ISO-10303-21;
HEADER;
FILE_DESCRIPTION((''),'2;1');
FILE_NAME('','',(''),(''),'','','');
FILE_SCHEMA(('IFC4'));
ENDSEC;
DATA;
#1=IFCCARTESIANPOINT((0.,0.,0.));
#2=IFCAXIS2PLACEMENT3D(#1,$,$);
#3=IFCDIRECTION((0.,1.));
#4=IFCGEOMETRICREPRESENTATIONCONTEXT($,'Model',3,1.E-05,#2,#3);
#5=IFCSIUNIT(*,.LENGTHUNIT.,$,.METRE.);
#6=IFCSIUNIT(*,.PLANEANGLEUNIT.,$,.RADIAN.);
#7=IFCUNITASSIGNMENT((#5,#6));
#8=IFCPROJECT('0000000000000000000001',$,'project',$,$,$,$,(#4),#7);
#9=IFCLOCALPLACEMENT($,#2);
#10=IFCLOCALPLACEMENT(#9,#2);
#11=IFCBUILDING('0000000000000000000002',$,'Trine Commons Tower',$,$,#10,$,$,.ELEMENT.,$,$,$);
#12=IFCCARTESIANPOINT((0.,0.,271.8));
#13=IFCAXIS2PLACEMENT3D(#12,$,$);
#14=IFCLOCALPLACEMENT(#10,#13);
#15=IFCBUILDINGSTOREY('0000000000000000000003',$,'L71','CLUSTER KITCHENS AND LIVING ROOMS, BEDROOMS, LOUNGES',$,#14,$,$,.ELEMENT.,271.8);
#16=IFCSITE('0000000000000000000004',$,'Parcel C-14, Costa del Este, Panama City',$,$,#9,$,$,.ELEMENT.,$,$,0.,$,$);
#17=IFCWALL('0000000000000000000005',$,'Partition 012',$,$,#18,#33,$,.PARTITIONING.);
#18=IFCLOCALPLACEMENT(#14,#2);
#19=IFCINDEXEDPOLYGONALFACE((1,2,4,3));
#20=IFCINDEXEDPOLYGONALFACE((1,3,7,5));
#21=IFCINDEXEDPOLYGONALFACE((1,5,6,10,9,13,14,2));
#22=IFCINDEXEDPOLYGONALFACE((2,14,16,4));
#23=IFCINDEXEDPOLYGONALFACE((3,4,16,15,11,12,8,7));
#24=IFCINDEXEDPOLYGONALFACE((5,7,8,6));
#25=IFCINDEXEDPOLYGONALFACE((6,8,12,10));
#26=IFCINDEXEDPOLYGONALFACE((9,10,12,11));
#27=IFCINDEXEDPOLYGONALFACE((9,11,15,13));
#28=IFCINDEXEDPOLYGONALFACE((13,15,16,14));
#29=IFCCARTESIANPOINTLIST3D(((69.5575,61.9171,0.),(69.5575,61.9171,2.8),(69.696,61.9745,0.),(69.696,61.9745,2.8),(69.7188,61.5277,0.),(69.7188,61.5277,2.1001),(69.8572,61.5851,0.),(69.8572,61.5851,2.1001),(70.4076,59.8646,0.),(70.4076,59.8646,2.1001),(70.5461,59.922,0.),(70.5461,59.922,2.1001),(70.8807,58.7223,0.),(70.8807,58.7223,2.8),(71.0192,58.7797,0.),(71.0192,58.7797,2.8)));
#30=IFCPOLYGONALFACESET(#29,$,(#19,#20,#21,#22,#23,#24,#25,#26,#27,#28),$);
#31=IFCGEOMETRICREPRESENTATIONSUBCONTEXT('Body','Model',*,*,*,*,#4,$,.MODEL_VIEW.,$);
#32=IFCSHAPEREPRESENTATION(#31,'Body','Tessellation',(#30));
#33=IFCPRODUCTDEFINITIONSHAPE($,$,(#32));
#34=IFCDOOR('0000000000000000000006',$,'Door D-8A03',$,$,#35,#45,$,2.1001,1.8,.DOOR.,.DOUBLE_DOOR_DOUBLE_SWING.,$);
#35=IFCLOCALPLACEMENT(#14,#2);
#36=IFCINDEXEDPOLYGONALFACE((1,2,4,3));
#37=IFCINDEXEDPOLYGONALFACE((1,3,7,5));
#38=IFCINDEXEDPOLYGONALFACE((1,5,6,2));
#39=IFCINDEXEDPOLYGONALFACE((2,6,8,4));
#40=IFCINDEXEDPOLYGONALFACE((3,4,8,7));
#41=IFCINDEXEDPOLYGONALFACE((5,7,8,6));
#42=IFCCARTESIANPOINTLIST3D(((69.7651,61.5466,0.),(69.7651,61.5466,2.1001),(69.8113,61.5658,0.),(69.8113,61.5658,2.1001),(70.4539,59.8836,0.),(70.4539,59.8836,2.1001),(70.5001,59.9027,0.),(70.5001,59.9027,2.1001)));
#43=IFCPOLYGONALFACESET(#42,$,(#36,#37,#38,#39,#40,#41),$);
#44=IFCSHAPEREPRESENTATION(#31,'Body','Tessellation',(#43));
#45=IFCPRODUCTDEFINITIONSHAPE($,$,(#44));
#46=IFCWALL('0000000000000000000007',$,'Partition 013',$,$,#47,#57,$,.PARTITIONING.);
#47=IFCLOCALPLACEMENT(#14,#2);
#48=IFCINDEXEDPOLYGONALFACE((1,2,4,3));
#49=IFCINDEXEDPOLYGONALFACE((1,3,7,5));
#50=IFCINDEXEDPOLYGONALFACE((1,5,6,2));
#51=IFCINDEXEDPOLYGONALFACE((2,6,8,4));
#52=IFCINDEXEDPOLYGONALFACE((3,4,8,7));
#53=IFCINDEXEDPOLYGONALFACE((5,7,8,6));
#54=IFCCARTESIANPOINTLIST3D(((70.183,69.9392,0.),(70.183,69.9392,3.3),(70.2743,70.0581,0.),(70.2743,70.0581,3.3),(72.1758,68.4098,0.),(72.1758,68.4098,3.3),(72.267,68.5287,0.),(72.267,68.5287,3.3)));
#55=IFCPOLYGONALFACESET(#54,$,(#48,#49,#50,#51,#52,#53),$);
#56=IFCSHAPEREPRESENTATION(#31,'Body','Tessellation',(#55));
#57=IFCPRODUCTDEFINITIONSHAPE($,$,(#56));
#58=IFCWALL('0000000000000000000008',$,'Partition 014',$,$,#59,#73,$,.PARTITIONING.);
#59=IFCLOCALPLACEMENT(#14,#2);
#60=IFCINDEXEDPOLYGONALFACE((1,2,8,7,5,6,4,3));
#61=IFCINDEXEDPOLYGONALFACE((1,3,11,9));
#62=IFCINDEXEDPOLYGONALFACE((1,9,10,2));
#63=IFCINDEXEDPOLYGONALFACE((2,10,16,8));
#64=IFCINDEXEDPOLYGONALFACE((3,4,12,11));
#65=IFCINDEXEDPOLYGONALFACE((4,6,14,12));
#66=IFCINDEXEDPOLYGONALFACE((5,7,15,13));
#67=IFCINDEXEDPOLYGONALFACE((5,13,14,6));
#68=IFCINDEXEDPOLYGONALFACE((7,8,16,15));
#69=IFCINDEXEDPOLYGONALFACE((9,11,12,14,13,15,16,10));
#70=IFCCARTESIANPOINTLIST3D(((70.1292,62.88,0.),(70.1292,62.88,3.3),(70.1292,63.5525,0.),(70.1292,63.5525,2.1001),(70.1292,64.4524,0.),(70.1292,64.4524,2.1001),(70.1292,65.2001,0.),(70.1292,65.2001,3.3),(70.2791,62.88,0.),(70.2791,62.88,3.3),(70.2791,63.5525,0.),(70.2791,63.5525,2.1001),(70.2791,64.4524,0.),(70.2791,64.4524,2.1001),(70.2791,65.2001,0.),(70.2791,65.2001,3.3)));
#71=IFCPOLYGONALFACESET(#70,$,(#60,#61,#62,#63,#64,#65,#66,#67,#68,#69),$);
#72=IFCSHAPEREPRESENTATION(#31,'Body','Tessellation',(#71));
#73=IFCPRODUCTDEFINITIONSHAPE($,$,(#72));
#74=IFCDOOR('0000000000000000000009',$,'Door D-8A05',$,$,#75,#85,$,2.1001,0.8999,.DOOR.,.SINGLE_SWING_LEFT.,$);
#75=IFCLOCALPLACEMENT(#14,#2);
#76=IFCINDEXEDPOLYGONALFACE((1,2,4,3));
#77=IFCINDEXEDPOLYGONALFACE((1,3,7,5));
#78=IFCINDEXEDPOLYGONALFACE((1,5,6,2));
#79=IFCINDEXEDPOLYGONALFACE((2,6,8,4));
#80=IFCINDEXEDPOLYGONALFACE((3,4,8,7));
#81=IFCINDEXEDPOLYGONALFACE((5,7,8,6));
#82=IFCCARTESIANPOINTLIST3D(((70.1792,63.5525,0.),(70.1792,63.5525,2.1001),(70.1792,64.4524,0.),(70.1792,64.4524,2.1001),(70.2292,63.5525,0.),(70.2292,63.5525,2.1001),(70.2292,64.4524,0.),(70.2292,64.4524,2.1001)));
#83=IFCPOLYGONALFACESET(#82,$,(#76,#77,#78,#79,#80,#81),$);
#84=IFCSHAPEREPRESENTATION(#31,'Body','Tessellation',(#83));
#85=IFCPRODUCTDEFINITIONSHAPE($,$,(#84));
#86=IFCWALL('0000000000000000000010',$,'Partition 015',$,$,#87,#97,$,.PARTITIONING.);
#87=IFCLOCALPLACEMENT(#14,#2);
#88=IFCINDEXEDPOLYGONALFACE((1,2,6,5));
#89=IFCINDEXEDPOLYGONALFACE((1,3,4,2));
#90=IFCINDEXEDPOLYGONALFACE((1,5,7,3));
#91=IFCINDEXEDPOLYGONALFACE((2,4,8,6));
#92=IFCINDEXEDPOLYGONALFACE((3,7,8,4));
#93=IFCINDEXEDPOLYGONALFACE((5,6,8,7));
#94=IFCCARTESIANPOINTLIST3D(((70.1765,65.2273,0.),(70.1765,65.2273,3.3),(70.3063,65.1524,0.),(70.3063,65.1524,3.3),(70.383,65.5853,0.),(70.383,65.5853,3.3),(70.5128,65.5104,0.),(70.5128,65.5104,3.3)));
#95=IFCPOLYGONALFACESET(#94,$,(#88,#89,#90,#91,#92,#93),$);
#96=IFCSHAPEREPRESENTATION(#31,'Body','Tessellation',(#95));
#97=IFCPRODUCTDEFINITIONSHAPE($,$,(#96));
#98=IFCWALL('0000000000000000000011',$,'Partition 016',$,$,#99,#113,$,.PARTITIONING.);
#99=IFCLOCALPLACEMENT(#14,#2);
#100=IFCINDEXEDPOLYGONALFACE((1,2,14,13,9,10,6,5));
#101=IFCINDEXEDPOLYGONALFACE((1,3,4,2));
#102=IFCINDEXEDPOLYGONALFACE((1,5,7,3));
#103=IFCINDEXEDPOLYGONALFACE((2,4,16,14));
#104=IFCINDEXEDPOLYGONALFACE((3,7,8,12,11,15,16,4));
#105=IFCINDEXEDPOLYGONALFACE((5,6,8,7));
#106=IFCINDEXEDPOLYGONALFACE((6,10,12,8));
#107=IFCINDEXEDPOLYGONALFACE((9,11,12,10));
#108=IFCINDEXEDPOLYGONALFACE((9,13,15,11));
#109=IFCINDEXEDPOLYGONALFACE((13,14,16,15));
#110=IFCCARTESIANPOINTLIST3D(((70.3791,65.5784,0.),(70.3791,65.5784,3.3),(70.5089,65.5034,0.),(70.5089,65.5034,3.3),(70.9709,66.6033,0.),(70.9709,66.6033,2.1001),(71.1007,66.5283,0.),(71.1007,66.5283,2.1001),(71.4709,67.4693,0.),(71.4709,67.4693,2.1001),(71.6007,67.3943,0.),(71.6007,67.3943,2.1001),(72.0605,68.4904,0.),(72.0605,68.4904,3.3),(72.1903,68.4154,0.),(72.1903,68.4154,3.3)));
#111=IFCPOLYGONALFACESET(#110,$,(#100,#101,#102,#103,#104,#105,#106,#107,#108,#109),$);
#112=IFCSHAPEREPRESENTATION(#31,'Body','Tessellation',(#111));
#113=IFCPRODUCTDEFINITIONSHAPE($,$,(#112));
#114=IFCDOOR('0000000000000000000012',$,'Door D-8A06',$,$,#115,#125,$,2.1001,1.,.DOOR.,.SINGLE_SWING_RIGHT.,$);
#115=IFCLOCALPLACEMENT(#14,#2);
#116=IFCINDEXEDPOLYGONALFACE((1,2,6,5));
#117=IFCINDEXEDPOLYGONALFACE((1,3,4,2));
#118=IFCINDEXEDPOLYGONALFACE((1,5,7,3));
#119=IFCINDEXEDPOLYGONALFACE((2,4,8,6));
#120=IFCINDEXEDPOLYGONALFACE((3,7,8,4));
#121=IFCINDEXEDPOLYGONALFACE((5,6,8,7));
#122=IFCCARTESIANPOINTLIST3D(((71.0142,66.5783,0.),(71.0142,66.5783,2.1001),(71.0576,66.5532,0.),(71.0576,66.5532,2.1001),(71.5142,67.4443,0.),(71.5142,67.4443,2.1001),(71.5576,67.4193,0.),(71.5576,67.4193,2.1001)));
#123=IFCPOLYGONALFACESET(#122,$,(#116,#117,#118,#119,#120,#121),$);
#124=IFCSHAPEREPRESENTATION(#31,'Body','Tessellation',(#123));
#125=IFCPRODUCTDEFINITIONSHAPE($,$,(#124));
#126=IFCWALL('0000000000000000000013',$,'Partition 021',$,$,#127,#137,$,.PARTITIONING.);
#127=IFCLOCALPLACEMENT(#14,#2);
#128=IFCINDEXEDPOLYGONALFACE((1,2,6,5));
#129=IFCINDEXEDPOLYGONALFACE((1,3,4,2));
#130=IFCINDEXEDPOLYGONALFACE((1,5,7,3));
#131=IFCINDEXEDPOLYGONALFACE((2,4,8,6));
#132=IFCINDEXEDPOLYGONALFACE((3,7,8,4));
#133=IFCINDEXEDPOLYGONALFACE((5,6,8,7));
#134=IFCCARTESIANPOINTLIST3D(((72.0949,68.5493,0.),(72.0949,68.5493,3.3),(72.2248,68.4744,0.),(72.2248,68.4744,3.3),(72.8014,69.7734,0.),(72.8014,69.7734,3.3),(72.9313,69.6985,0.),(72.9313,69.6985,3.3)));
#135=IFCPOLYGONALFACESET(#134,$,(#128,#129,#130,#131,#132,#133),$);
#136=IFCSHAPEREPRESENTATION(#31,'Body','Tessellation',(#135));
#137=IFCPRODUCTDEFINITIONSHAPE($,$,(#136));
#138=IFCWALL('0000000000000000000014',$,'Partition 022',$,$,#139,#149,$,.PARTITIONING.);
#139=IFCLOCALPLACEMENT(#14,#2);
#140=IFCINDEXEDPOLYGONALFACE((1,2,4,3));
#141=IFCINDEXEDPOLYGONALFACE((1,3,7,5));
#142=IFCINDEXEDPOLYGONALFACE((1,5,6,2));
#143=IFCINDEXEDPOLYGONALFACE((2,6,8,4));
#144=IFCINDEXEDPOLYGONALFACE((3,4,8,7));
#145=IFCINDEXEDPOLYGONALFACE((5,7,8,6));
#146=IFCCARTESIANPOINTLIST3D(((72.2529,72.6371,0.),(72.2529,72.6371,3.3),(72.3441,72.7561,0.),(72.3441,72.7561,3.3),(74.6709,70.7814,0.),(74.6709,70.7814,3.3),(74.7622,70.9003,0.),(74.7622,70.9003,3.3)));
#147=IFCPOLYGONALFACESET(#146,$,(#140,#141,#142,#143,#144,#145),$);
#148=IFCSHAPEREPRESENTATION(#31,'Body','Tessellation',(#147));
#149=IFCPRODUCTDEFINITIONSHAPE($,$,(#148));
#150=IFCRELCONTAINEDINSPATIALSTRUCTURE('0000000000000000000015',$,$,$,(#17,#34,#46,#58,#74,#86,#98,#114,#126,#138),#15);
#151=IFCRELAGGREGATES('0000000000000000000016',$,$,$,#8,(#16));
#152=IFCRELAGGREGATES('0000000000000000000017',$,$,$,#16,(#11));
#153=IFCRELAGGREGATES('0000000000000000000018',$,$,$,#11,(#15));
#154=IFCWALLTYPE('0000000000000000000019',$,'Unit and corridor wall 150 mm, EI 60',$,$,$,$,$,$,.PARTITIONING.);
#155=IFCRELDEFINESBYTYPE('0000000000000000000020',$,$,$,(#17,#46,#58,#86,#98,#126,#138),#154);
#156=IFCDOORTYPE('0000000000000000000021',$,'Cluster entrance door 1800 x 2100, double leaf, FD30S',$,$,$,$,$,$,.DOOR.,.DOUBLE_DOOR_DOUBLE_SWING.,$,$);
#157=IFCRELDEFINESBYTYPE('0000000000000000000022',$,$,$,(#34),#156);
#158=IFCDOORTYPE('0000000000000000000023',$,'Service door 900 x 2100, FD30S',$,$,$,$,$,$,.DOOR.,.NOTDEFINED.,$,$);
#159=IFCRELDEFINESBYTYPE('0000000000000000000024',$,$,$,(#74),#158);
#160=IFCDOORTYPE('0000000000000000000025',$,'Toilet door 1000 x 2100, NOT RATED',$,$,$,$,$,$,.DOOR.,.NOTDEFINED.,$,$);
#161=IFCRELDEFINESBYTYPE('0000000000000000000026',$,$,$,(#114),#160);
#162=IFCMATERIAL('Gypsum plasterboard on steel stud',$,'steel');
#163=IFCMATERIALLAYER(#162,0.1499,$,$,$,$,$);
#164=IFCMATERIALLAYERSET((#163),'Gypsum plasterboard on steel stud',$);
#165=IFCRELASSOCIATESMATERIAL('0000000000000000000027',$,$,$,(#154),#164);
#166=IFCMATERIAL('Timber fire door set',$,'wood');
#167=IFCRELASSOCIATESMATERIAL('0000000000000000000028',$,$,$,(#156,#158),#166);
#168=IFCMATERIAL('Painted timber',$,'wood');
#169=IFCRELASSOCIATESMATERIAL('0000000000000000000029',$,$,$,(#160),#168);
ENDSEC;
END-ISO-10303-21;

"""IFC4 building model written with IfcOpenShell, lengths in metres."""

from ifc_helpers import new_model, si_unit, direction, frame, frame_2d, origin, place, context, subcontext, project, spatial, rectangle, extrude, material, layer, layer_set, type_object, element, fill, save


model = new_model("IFC4")

# Units and contexts
model_context = context("Model", 3, precision=1e-05, world=origin(), true_north=direction((0.0, 1.0)))
body_context = subcontext(model_context, "Body", "Model", "MODEL_VIEW")
ifc_project = project(units=[si_unit("LENGTHUNIT", "METRE"), si_unit("PLANEANGLEUNIT", "RADIAN")], contexts=[model_context])

# Site, building, storey
site_placement = place(None, origin())
site = spatial("IfcSite", under=ifc_project, at=site_placement, Name="Parcel C-14, Costa del Este, Panama City", CompositionType="ELEMENT", RefElevation=0.0)
building_placement = place(site_placement, origin())
building = spatial("IfcBuilding", under=site, at=building_placement, Name="Trine Commons Tower", CompositionType="ELEMENT")
storey_placement = place(building_placement, frame((0.0, 0.0, 271.8)))
storey = spatial("IfcBuildingStorey", under=building, at=storey_placement, Name="L71", Description="CLUSTER KITCHENS AND LIVING ROOMS, BEDROOMS, LOUNGES", CompositionType="ELEMENT", Elevation=271.8)

# Shared definitions
ifc_material_1 = material(Name="Gypsum plasterboard on steel stud", Category="steel")
ifc_layer_1 = layer(ifc_material_1, 0.1499)
ifc_layer_set_1 = layer_set([ifc_layer_1], Name="Gypsum plasterboard on steel stud")
wall_type_1 = type_object("IfcWallType", Name="Unit and corridor wall 150 mm, EI 60", PredefinedType="PARTITIONING", material=ifc_layer_set_1)
ifc_material_2 = material(Name="Timber fire door set", Category="wood")

# Wall, opening, door
wall_1_placement = place(storey_placement, frame((69.6267, 61.9458, 0.0), z_axis=(0.0, 0.0, 1.0), x_axis=(0.382659, -0.923889, 0.0)))
wall_1 = element("IfcWall", 1, at=wall_1_placement, inside=storey, type_object=wall_type_1, Name="Partition 012", PredefinedType="PARTITIONING", context=body_context, shape_type="SweptSolid", body=[
    extrude(rectangle(XDim=3.458, YDim=0.1499, at=frame_2d((1.729, 0.0))), origin(), (0.0, 0.0, 1.0), 2.8),
])
opening_1_placement = place(wall_1_placement, frame((0.4216, 0.0, 0.0)))
opening_1 = element("IfcOpeningElement", 2, at=opening_1_placement, cuts=wall_1, PredefinedType="OPENING", context=body_context, shape_type="SweptSolid", body=[
    extrude(rectangle(XDim=1.8, YDim=2.1001, at=frame_2d((0.8999, 1.05))), frame((0.0, 0.085, 0.0), z_axis=(0.0, -1.0, 0.0), x_axis=(1.0, 0.0, 0.0)), (0.0, 0.0, 1.0), 0.1699),
])
door_type_1 = type_object("IfcDoorType", Name="Cluster entrance door 1800 x 2100, double leaf, FD30S", OperationType="DOUBLE_DOOR_DOUBLE_SWING", PredefinedType="DOOR", material=ifc_material_2)
door_1_placement = place(opening_1_placement, frame((1.8, 0.0, 0.0), z_axis=(0.0, 0.0, 1.0), x_axis=(-1.0, 0.0, 0.0)))
door_1 = element("IfcDoor", 3, at=door_1_placement, inside=storey, type_object=door_type_1, Name="Door D-8A03", OperationType="DOUBLE_DOOR_DOUBLE_SWING", OverallHeight=2.1001, OverallWidth=1.8, PredefinedType="DOOR", context=body_context, shape_type="SweptSolid", body=[
    extrude(rectangle(XDim=1.8, YDim=2.1001, at=frame_2d((0.8999, 1.05))), frame((0.0, 0.0249, 0.0), z_axis=(0.0, -1.0, 0.0), x_axis=(1.0, 0.0, 0.0)), (0.0, 0.0, 1.0), 0.05),
])
fill(opening_1, door_1)

# Wall
wall_2_placement = place(storey_placement, frame((70.2288, 69.9985, 0.0), z_axis=(0.0, 0.0, 1.0), x_axis=(0.793303, -0.608827, 0.0)))
element("IfcWall", 4, at=wall_2_placement, inside=storey, type_object=wall_type_1, Name="Partition 013", PredefinedType="PARTITIONING", context=body_context, shape_type="SweptSolid", body=[
    extrude(rectangle(XDim=2.512, YDim=0.1499, at=frame_2d((1.2559, 0.0))), origin(), (0.0, 0.0, 1.0), 3.3),
])

# Wall, opening, door
wall_3_placement = place(storey_placement, frame((70.2041, 62.8799, 0.0), z_axis=(0.0, 0.0, 1.0), x_axis=(0.0, 1.0, 0.0)))
wall_3 = element("IfcWall", 5, at=wall_3_placement, inside=storey, type_object=wall_type_1, Name="Partition 014", PredefinedType="PARTITIONING", context=body_context, shape_type="SweptSolid", body=[
    extrude(rectangle(XDim=2.3201, YDim=0.1499, at=frame_2d((1.1602, 0.0))), origin(), (0.0, 0.0, 1.0), 3.3),
])
opening_2_placement = place(wall_3_placement, frame((0.6726, 0.0, 0.0)))
opening_2 = element("IfcOpeningElement", 6, at=opening_2_placement, cuts=wall_3, PredefinedType="OPENING", context=body_context, shape_type="SweptSolid", body=[
    extrude(rectangle(XDim=0.8999, YDim=2.1001, at=frame_2d((0.45, 1.05))), frame((0.0, 0.085, 0.0), z_axis=(0.0, -1.0, 0.0), x_axis=(1.0, 0.0, 0.0)), (0.0, 0.0, 1.0), 0.1699),
])
door_type_2 = type_object("IfcDoorType", Name="Service door 900 x 2100, FD30S", OperationType="NOTDEFINED", PredefinedType="DOOR", material=ifc_material_2)
door_2_placement = place(opening_2_placement, origin())
door_2 = element("IfcDoor", 7, at=door_2_placement, inside=storey, type_object=door_type_2, Name="Door D-8A05", OperationType="SINGLE_SWING_LEFT", OverallHeight=2.1001, OverallWidth=0.8999, PredefinedType="DOOR", context=body_context, shape_type="SweptSolid", body=[
    extrude(rectangle(XDim=0.8999, YDim=2.1001, at=frame_2d((0.45, 1.05))), frame((0.0, 0.0249, 0.0), z_axis=(0.0, -1.0, 0.0), x_axis=(1.0, 0.0, 0.0)), (0.0, 0.0, 1.0), 0.05),
])
fill(opening_2, door_2)

# Wall
wall_4_placement = place(storey_placement, frame((70.2415, 65.1899, 0.0), z_axis=(0.0, 0.0, 1.0), x_axis=(0.499569, 0.866274, 0.0)))
element("IfcWall", 8, at=wall_4_placement, inside=storey, type_object=wall_type_1, Name="Partition 015", PredefinedType="PARTITIONING", context=body_context, shape_type="SweptSolid", body=[
    extrude(rectangle(XDim=0.4133, YDim=0.1499, at=frame_2d((0.2065, 0.0))), origin(), (0.0, 0.0, 1.0), 3.3),
])

# Wall, opening, door
wall_5_placement = place(storey_placement, frame((70.4441, 65.541, 0.0), z_axis=(0.0, 0.0, 1.0), x_axis=(0.50002, 0.866014, 0.0)))
wall_5 = element("IfcWall", 9, at=wall_5_placement, inside=storey, type_object=wall_type_1, Name="Partition 016", PredefinedType="PARTITIONING", context=body_context, shape_type="SweptSolid", body=[
    extrude(rectangle(XDim=3.3625, YDim=0.1499, at=frame_2d((1.6812, 0.0))), origin(), (0.0, 0.0, 1.0), 3.3),
])
opening_3_placement = place(wall_5_placement, frame((1.1833, 0.0, 0.0)))
opening_3 = element("IfcOpeningElement", 10, at=opening_3_placement, cuts=wall_5, PredefinedType="OPENING", context=body_context, shape_type="SweptSolid", body=[
    extrude(rectangle(XDim=1.0, YDim=2.1001, at=frame_2d((0.5, 1.05))), frame((0.0, 0.085, 0.0), z_axis=(0.0, -1.0, 0.0), x_axis=(1.0, 0.0, 0.0)), (0.0, 0.0, 1.0), 0.1699),
])
ifc_material_3 = material(Name="Painted timber", Category="wood")
door_type_3 = type_object("IfcDoorType", Name="Toilet door 1000 x 2100, NOT RATED", OperationType="NOTDEFINED", PredefinedType="DOOR", material=ifc_material_3)
door_3_placement = place(opening_3_placement, origin())
door_3 = element("IfcDoor", 11, at=door_3_placement, inside=storey, type_object=door_type_3, Name="Door D-8A06", OperationType="SINGLE_SWING_RIGHT", OverallHeight=2.1001, OverallWidth=1.0, PredefinedType="DOOR", context=body_context, shape_type="SweptSolid", body=[
    extrude(rectangle(XDim=1.0, YDim=2.1001, at=frame_2d((0.5, 1.05))), frame((0.0, 0.0249, 0.0), z_axis=(0.0, -1.0, 0.0), x_axis=(1.0, 0.0, 0.0)), (0.0, 0.0, 1.0), 0.05),
])
fill(opening_3, door_3)

# Walls
wall_6_placement = place(storey_placement, frame((72.1599, 68.512, 0.0), z_axis=(0.0, 0.0, 1.0), x_axis=(0.499892, 0.866088, 0.0)))
element("IfcWall", 12, at=wall_6_placement, inside=storey, type_object=wall_type_1, Name="Partition 021", PredefinedType="PARTITIONING", context=body_context, shape_type="SweptSolid", body=[
    extrude(rectangle(XDim=1.4133, YDim=0.1499, at=frame_2d((0.7065, 0.0))), origin(), (0.0, 0.0, 1.0), 3.3),
])
wall_7_placement = place(storey_placement, frame((72.2986, 72.6965, 0.0), z_axis=(0.0, 0.0, 1.0), x_axis=(0.793299, -0.608832, 0.0)))
element("IfcWall", 13, at=wall_7_placement, inside=storey, type_object=wall_type_1, Name="Partition 022", PredefinedType="PARTITIONING", context=body_context, shape_type="SweptSolid", body=[
    extrude(rectangle(XDim=3.0481, YDim=0.1499, at=frame_2d((1.5239, 0.0))), origin(), (0.0, 0.0, 1.0), 3.3),
])

save(model, "model.ifc")
